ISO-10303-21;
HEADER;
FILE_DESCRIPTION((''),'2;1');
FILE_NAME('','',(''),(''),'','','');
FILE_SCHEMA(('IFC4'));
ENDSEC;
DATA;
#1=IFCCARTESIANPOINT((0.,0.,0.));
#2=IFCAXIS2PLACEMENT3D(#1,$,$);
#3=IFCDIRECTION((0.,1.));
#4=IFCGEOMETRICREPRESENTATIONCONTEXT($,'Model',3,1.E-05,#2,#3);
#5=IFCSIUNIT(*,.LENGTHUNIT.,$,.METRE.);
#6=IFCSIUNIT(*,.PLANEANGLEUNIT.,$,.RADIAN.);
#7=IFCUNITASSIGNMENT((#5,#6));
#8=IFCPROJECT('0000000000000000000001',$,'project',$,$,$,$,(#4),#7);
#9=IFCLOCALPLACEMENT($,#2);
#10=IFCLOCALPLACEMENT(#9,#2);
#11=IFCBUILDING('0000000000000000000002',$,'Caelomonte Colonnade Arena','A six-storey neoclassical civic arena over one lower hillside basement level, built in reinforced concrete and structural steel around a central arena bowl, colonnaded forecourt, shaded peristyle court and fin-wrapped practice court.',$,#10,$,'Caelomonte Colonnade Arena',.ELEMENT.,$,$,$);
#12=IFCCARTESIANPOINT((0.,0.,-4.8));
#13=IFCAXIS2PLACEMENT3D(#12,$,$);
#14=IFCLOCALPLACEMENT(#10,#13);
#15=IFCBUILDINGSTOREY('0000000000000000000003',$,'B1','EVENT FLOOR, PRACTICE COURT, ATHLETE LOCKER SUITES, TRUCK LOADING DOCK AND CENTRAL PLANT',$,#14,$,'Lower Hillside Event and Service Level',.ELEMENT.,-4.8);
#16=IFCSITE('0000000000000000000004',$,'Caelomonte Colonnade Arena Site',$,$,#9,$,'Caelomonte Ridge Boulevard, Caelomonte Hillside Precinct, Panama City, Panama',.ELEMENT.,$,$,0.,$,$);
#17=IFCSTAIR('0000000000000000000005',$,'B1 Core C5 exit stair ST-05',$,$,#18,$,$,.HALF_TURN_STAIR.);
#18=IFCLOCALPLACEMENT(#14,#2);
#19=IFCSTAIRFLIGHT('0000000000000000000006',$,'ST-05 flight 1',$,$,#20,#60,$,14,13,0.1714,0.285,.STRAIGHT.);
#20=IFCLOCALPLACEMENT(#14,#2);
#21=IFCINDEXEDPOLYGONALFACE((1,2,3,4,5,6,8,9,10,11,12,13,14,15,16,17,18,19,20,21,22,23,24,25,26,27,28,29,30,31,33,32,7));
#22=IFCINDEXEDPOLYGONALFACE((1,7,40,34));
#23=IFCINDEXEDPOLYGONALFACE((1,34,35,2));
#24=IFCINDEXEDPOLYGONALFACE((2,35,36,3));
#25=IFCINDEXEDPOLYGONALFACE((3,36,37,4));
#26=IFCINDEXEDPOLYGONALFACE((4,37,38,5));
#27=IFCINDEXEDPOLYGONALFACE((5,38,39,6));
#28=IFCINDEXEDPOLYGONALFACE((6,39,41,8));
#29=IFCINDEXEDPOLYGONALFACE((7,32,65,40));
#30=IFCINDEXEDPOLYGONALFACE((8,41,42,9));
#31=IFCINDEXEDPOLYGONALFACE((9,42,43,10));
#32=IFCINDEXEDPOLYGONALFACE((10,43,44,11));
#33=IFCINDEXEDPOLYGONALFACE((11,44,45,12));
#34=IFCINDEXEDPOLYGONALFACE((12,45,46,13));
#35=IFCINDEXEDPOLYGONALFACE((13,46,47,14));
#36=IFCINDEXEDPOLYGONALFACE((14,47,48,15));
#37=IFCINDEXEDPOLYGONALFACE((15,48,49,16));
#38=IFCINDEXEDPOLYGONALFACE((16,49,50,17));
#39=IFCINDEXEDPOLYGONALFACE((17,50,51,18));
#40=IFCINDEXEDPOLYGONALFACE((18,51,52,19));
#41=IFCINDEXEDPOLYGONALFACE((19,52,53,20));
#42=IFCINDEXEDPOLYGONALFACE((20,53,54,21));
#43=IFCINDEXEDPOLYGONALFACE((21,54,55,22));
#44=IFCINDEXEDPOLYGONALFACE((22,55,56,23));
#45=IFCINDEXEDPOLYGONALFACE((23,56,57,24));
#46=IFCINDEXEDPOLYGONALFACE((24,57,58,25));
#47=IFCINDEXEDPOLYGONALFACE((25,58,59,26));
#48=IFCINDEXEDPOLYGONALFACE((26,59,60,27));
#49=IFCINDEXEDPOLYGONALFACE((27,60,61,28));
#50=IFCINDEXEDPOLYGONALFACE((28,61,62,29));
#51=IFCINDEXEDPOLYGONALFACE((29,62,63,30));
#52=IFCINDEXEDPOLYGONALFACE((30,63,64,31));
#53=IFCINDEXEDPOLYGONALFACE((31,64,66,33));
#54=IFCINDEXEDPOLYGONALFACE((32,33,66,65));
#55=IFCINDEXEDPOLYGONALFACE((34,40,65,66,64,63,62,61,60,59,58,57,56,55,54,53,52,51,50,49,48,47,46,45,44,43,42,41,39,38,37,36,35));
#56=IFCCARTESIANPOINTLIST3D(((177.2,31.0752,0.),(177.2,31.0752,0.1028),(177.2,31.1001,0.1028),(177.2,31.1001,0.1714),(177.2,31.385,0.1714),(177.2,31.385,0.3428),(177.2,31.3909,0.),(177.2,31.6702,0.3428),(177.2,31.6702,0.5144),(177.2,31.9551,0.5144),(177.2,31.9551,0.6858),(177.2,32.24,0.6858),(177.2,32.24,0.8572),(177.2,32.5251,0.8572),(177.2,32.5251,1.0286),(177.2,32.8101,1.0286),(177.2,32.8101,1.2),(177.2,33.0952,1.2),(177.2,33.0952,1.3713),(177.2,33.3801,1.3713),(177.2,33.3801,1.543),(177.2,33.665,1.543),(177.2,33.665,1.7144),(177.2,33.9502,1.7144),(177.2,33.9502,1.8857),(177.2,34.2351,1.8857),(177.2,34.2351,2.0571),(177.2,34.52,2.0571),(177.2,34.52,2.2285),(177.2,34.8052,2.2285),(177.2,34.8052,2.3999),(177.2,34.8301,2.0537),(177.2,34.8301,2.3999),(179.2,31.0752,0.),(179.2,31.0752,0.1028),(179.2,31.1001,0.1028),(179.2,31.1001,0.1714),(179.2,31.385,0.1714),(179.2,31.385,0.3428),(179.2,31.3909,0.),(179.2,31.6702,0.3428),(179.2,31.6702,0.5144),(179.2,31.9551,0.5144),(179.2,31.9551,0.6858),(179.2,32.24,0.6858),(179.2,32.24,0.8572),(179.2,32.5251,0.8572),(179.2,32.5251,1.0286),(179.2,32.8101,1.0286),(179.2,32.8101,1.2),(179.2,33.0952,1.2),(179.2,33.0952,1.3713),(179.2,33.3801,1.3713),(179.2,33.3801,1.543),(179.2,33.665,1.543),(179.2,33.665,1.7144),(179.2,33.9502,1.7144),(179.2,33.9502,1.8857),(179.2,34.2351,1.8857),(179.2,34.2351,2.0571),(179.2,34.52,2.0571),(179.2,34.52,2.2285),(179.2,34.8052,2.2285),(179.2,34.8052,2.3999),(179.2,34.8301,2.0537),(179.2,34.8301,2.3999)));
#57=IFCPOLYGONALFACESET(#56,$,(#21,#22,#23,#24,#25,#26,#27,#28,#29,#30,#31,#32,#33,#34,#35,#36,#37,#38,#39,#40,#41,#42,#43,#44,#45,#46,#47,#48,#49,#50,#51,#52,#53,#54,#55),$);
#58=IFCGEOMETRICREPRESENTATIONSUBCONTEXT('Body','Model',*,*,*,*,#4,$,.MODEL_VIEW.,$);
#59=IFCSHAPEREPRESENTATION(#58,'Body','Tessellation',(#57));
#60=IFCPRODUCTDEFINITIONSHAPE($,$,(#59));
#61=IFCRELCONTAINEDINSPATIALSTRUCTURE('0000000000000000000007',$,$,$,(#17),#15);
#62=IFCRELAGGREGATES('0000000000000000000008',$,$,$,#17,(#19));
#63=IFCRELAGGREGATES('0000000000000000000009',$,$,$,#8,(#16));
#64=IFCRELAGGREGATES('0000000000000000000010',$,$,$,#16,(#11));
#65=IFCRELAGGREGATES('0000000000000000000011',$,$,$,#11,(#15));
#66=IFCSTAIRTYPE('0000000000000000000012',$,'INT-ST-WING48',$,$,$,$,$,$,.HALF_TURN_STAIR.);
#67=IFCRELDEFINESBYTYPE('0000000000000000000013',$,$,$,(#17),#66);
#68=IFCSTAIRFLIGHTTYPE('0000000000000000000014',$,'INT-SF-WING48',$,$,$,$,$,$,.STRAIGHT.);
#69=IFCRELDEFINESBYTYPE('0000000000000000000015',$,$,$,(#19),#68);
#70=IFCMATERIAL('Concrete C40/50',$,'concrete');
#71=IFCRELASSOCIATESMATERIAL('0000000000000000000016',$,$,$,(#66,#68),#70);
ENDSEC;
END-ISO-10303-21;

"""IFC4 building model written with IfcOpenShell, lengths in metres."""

from ifc_helpers import new_model, si_unit, direction, frame, origin, place, context, subcontext, project, spatial, polyline, outline, extrude, material, type_object, element, aggregate, save


model = new_model("IFC4")

# Units and contexts
model_context = context("Model", 3, precision=1e-05, world=origin(), true_north=direction((0.0, 1.0)))
body_context = subcontext(model_context, "Body", "Model", "MODEL_VIEW")
ifc_project = project(units=[si_unit("LENGTHUNIT", "METRE"), si_unit("PLANEANGLEUNIT", "RADIAN")], contexts=[model_context])

# Site, building, storey
site_placement = place(None, origin())
site = spatial("IfcSite", under=ifc_project, at=site_placement, Name="Caelomonte Colonnade Arena Site", LongName="Caelomonte Ridge Boulevard, Caelomonte Hillside Precinct, Panama City, Panama", CompositionType="ELEMENT", RefElevation=0.0)
building_placement = place(site_placement, origin())
building = spatial("IfcBuilding", under=site, at=building_placement, Name="Caelomonte Colonnade Arena", Description="A six-storey neoclassical civic arena over one lower hillside basement level, built in reinforced concrete and structural steel around a central arena bowl, colonnaded forecourt, shaded peristyle court and fin-wrapped practice court.", LongName="Caelomonte Colonnade Arena", CompositionType="ELEMENT")
storey_placement = place(building_placement, frame((0.0, 0.0, -4.8)))
storey = spatial("IfcBuildingStorey", under=building, at=storey_placement, Name="B1", Description="EVENT FLOOR, PRACTICE COURT, ATHLETE LOCKER SUITES, TRUCK LOADING DOCK AND CENTRAL PLANT", LongName="Lower Hillside Event and Service Level", CompositionType="ELEMENT", Elevation=-4.8)

# Shared definitions
ifc_material_1 = material(Name="Concrete C40/50", Category="concrete")

# Stair, stair flight
stair_type = type_object("IfcStairType", Name="INT-ST-WING48", PredefinedType="HALF_TURN_STAIR", material=ifc_material_1)
stair_placement = place(storey_placement, origin())
stair = element("IfcStair", 1, at=stair_placement, inside=storey, type_object=stair_type, Name="B1 Core C5 exit stair ST-05", PredefinedType="HALF_TURN_STAIR")
stair_flight_type = type_object("IfcStairFlightType", Name="INT-SF-WING48", PredefinedType="STRAIGHT", material=ifc_material_1)
stair_flight_placement = place(storey_placement, frame((178.2, 31.1001, 0.0), z_axis=(0.0, 0.0, 1.0), x_axis=(0.0, 1.0, 0.0)))
stair_flight = element("IfcStairFlight", 2, at=stair_flight_placement, type_object=stair_flight_type, Name="ST-05 flight 1", NumberOfRisers=14, NumberOfTreads=13, PredefinedType="STRAIGHT", RiserHeight=0.1714, TreadLength=0.285, context=body_context, shape_type="SweptSolid", body=[
    extrude(outline(polyline([(-0.0249, 0.0), (-0.0249, 0.1028), (0.0, 0.1028), (0.0, 0.1714), (0.2849, 0.1714), (0.2849, 0.3428), (0.5701, 0.3428), (0.5701, 0.5144), (0.855, 0.5144), (0.855, 0.6858), (1.1399, 0.6858), (1.1399, 0.8572), (1.425, 0.8572), (1.425, 1.0286), (1.71, 1.0286), (1.71, 1.2), (1.9951, 1.2), (1.9951, 1.3713), (2.28, 1.3713), (2.28, 1.543), (2.5649, 1.543), (2.5649, 1.7144), (2.8501, 1.7144), (2.8501, 1.8857), (3.135, 1.8857), (3.135, 2.0571), (3.4199, 2.0571), (3.4199, 2.2285), (3.7051, 2.2285), (3.7051, 2.3999), (3.73, 2.3999), (3.73, 2.0537), (0.2908, 0.0), (-0.0249, 0.0)])), frame((0.0, 1.0, 0.0), z_axis=(0.0, -1.0, 0.0), x_axis=(1.0, 0.0, 0.0)), (0.0, 0.0, 1.0), 2.0),
])
aggregate(stair, [stair_flight])

save(model, "model.ifc")
